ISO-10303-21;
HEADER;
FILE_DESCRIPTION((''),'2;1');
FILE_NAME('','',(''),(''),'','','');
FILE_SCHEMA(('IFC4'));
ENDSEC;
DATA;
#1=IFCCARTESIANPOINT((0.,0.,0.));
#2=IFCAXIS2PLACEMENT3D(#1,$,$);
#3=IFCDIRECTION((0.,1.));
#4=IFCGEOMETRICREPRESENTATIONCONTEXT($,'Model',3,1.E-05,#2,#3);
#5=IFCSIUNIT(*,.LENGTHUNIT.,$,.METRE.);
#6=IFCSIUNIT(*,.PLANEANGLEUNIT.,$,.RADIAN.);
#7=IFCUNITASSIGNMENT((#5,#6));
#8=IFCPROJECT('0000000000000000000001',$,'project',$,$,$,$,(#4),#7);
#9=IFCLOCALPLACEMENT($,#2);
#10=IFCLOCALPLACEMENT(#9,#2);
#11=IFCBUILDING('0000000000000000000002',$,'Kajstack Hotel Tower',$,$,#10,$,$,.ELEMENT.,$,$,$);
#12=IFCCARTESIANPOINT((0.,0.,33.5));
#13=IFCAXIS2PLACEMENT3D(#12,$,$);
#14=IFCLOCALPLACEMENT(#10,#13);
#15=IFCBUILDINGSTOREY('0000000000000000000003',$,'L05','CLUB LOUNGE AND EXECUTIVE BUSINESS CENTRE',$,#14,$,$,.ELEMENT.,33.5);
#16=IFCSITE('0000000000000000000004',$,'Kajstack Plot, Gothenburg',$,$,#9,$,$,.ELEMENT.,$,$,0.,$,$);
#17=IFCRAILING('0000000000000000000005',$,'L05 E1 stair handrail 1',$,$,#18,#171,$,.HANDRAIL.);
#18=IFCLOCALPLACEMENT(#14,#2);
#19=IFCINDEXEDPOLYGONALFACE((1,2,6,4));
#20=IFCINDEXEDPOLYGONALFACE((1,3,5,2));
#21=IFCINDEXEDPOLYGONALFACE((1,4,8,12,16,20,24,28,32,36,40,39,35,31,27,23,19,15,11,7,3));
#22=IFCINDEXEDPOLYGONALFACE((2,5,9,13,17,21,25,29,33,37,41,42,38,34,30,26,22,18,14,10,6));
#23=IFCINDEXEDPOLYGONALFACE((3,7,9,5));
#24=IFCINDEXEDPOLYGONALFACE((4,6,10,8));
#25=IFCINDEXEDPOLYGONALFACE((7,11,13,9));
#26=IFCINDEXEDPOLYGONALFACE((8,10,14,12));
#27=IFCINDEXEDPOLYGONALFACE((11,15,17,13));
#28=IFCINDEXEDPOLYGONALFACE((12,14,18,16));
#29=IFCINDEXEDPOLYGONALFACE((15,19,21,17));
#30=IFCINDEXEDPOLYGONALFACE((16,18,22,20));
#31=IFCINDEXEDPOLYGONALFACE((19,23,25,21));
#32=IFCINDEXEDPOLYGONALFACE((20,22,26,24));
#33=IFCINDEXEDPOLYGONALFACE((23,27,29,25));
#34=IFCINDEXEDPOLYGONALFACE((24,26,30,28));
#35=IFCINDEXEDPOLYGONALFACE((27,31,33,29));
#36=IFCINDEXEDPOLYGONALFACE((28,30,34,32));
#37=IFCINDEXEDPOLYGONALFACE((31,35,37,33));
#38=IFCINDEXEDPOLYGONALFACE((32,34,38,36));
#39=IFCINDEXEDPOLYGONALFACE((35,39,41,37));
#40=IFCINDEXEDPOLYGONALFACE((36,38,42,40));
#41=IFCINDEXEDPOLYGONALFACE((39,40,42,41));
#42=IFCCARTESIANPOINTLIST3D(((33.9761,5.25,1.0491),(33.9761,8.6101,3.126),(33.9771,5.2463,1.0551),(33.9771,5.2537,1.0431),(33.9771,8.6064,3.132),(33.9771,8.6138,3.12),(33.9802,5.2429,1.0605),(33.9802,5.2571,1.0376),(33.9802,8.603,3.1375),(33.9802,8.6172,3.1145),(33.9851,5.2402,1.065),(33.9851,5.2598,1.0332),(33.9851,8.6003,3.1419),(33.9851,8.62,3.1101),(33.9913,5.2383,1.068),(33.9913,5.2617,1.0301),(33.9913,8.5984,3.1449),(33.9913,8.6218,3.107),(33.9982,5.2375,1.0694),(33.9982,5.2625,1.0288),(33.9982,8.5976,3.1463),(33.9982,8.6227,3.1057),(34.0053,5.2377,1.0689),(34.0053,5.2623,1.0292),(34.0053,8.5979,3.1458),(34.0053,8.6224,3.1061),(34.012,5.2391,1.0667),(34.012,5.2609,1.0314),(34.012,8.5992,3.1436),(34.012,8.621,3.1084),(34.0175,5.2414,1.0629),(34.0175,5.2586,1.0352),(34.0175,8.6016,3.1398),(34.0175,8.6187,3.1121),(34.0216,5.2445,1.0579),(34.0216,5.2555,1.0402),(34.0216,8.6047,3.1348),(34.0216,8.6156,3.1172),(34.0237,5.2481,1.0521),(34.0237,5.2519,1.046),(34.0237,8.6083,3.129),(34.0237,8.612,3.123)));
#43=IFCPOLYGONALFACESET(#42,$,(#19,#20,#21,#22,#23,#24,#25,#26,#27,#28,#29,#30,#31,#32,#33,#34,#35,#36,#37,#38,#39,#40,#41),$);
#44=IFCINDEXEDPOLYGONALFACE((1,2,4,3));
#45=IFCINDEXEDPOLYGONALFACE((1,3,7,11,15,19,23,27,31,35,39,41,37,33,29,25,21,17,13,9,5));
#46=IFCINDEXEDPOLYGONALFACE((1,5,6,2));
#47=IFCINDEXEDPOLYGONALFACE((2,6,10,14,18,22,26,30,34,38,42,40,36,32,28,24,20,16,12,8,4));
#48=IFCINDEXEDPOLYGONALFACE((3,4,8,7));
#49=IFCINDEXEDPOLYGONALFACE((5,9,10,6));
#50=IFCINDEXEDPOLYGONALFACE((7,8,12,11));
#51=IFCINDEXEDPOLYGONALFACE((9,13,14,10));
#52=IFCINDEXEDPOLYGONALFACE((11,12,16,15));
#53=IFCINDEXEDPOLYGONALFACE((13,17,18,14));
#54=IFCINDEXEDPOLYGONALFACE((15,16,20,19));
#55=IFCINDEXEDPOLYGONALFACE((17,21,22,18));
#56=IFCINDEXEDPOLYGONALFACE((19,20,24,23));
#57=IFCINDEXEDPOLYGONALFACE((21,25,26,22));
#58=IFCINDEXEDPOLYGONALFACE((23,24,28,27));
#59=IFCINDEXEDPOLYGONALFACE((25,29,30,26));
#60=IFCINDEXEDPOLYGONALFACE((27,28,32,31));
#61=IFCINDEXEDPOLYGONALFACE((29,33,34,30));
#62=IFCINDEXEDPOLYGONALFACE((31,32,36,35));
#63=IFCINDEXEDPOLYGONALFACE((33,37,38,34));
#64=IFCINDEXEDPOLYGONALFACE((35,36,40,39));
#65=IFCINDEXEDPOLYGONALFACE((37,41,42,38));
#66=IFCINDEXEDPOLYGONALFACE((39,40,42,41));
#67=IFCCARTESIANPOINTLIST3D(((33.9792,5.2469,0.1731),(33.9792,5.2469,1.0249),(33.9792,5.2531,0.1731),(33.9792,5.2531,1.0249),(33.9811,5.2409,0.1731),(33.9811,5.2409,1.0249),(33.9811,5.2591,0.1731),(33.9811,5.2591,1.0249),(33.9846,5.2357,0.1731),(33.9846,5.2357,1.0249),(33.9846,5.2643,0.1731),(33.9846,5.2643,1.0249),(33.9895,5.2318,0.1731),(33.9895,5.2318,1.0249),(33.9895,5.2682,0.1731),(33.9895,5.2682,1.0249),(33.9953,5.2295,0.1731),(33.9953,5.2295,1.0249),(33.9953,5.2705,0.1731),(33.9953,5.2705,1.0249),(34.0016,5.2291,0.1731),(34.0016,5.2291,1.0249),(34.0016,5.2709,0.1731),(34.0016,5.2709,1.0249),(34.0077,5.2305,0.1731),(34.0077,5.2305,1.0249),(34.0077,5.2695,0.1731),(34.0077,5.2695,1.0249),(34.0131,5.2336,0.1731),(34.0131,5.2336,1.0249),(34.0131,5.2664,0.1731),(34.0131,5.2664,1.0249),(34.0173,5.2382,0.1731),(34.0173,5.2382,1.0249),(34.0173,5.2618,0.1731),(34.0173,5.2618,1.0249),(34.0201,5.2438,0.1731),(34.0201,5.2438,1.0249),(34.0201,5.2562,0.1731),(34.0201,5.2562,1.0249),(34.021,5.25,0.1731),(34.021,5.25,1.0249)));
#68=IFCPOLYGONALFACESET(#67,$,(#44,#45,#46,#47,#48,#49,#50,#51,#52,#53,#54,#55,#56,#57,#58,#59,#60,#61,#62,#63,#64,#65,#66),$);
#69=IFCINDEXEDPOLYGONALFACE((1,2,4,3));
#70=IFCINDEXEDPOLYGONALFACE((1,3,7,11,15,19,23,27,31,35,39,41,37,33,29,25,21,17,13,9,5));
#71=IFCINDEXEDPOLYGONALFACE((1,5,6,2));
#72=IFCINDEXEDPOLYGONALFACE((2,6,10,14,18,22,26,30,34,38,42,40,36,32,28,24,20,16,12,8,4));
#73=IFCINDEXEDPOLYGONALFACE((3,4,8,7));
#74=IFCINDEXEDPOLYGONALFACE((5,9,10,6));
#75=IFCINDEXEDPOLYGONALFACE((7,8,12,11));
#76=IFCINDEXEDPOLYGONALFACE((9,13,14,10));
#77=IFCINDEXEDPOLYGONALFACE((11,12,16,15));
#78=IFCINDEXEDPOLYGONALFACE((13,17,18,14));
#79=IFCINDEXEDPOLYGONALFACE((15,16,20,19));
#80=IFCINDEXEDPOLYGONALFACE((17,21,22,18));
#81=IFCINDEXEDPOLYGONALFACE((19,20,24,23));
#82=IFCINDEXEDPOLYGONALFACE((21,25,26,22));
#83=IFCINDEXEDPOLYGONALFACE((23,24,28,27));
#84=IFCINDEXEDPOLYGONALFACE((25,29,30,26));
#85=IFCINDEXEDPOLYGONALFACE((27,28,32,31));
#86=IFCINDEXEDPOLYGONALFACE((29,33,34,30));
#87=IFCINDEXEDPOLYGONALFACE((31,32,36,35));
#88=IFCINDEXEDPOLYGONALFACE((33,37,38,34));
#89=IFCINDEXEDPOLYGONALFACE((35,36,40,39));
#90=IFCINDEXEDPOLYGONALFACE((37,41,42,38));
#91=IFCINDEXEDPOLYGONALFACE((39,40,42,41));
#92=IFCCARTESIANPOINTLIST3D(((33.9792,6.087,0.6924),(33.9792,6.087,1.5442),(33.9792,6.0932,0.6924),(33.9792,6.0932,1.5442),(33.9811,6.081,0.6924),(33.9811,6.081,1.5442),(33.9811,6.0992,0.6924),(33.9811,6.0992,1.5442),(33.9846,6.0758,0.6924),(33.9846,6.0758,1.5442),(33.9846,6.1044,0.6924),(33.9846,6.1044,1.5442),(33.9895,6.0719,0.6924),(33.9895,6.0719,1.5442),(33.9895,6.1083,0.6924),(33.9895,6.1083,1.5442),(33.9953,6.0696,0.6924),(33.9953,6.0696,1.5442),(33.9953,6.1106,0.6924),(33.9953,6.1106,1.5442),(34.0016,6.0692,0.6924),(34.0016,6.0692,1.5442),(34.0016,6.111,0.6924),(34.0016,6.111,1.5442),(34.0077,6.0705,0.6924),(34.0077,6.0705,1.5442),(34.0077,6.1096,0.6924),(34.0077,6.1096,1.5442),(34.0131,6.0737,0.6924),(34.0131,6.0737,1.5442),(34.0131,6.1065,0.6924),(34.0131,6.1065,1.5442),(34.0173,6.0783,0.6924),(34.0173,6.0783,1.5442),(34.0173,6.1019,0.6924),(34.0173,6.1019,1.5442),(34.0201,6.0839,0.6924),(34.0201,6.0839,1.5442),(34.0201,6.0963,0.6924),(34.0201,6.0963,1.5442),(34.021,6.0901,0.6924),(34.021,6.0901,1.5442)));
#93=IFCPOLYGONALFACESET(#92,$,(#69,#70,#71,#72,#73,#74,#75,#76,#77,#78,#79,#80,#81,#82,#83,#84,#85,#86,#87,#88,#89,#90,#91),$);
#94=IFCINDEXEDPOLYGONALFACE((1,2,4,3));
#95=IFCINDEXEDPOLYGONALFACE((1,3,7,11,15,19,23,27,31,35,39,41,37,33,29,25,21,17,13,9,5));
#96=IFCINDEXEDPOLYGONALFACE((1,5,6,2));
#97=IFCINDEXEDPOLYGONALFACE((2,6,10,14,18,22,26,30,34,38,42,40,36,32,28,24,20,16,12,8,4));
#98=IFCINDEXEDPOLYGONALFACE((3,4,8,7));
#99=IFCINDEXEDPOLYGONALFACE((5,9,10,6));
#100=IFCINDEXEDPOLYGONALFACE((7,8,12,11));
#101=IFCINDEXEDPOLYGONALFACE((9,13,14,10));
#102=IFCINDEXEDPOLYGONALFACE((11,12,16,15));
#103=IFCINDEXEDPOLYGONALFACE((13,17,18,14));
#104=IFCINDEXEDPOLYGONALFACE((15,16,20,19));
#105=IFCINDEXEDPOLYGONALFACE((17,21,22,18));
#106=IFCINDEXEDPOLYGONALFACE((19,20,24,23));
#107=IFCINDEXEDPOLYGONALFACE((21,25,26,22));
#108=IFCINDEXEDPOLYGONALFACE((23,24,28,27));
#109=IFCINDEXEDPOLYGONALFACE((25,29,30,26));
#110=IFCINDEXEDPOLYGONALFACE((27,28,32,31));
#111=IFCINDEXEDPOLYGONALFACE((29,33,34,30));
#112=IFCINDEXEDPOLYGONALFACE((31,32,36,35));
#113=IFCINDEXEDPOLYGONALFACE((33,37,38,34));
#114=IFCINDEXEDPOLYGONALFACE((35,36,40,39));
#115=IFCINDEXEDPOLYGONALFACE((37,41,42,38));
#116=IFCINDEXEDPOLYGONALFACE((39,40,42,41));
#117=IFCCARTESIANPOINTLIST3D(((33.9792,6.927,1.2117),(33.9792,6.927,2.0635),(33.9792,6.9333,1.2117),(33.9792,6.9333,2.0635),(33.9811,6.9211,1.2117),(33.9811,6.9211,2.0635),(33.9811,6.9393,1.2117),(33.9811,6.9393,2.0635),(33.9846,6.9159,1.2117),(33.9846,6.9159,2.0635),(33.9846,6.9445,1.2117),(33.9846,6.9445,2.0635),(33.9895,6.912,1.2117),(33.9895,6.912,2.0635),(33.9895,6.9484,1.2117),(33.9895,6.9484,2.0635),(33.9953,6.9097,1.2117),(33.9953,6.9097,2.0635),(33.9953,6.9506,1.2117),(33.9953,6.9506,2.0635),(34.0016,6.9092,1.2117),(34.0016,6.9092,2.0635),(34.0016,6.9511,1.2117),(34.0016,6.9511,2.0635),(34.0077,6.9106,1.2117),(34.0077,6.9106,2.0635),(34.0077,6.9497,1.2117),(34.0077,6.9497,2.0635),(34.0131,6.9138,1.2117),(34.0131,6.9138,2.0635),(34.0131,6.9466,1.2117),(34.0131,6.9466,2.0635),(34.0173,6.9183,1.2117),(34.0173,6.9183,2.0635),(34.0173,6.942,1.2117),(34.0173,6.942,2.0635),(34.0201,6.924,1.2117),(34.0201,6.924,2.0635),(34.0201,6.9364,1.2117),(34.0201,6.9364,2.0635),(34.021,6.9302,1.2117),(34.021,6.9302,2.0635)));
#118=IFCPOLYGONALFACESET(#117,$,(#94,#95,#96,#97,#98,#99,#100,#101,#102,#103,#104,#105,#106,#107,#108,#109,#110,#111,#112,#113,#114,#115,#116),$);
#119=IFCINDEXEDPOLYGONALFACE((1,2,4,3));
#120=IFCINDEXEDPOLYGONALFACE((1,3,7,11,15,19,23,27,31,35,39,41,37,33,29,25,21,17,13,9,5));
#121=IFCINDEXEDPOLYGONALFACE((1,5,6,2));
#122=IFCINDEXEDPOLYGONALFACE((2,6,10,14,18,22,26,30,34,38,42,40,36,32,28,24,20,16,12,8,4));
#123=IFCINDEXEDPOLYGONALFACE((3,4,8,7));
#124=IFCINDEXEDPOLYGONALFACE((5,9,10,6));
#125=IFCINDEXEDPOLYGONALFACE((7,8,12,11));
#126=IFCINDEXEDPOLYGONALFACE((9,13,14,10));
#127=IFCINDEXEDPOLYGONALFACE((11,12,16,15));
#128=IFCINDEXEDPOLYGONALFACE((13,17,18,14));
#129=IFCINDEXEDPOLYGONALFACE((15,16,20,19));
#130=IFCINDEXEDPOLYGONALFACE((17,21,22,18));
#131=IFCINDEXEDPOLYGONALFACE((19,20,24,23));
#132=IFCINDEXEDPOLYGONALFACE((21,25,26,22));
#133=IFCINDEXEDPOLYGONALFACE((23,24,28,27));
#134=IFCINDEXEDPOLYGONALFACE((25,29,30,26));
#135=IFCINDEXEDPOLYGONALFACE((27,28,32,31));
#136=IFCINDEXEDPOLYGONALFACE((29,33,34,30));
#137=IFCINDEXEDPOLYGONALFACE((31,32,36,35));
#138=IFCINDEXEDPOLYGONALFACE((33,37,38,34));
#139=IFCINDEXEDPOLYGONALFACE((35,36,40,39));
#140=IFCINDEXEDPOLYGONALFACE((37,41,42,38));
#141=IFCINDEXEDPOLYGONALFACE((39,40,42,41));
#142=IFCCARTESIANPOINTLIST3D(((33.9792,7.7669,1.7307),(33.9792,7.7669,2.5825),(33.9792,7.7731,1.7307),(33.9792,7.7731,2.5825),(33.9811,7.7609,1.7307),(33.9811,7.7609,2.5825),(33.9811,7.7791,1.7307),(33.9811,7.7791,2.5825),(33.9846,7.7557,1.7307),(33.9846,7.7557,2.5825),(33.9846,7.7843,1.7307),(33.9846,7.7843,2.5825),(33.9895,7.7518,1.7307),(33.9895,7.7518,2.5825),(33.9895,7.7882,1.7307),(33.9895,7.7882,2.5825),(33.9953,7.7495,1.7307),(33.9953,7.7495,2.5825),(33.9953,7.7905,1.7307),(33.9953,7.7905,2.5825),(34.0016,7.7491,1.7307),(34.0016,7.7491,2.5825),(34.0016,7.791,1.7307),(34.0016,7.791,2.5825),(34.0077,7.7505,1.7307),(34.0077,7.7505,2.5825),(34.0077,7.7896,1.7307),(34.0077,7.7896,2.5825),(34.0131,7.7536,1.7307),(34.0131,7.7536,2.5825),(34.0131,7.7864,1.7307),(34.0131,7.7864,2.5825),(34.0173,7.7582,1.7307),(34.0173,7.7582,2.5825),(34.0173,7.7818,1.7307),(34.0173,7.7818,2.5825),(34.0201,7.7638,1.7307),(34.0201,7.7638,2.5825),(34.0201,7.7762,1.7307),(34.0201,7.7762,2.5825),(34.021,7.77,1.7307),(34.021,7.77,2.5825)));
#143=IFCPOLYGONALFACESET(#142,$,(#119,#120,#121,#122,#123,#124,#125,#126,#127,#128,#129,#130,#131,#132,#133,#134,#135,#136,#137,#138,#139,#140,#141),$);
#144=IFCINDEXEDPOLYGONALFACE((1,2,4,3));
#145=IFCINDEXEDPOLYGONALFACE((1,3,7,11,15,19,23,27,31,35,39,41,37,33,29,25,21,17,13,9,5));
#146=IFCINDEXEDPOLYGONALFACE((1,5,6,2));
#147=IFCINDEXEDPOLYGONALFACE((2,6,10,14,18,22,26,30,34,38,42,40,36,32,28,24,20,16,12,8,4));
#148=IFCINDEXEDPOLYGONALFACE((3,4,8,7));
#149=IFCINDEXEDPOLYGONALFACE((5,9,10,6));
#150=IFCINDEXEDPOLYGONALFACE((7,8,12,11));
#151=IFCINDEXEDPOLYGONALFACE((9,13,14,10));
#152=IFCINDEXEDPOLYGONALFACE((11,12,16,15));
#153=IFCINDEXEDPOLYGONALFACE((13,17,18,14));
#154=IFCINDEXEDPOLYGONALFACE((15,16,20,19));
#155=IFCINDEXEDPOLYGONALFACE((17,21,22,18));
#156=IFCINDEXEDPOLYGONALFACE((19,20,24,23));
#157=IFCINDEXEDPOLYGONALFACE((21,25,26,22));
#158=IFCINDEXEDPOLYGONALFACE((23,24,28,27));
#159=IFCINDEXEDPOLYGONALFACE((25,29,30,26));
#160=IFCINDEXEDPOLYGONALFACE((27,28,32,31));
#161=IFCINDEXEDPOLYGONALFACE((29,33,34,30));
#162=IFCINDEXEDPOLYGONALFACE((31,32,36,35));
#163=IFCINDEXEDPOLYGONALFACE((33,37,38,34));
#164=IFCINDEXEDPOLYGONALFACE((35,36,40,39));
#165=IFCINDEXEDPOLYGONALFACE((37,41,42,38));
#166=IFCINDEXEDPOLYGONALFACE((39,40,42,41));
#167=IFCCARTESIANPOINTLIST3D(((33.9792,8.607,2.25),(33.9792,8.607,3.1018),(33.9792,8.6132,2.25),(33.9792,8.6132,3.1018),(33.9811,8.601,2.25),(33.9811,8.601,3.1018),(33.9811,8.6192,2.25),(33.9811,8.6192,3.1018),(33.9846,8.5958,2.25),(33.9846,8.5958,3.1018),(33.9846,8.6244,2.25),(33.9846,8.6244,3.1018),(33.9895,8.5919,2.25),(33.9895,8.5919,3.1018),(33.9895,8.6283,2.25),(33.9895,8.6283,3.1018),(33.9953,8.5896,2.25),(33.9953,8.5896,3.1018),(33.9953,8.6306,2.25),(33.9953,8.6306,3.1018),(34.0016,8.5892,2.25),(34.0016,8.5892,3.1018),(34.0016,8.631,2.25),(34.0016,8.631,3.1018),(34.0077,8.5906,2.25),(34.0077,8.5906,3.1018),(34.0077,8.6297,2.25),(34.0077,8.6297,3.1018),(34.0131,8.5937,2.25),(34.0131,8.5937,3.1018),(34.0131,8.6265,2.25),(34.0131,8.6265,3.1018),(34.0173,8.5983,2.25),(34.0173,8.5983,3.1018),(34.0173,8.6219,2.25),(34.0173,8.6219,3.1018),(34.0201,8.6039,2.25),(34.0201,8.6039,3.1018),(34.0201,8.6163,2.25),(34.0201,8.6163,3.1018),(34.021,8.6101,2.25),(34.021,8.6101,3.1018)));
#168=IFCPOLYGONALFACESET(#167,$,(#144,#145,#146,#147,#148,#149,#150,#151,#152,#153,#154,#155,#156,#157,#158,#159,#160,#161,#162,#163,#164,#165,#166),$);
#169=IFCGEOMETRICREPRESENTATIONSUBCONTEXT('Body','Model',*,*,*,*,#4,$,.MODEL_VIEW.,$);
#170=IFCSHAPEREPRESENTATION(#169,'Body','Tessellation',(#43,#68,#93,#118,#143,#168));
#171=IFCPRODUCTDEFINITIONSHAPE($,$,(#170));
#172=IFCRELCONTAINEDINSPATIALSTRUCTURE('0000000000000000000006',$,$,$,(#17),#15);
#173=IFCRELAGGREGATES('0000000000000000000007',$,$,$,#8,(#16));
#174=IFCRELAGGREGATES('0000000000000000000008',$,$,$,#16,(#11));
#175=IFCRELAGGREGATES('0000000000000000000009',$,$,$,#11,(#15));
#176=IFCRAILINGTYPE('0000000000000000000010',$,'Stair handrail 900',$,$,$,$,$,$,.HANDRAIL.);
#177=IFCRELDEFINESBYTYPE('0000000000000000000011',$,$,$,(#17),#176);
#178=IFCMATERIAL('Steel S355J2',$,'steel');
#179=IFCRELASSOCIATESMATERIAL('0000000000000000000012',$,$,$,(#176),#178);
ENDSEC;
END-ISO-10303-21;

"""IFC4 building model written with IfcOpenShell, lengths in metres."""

from ifc_helpers import new_model, si_unit, direction, frame, origin, origin_2d, place, context, subcontext, project, spatial, circle, extrude, material, type_object, element, save


model = new_model("IFC4")

# Units and contexts
model_context = context("Model", 3, precision=1e-05, world=origin(), true_north=direction((0.0, 1.0)))
body_context = subcontext(model_context, "Body", "Model", "MODEL_VIEW")
ifc_project = project(units=[si_unit("LENGTHUNIT", "METRE"), si_unit("PLANEANGLEUNIT", "RADIAN")], contexts=[model_context])

# Site, building, storey
site_placement = place(None, origin())
site = spatial("IfcSite", under=ifc_project, at=site_placement, Name="Kajstack Plot, Gothenburg", CompositionType="ELEMENT", RefElevation=0.0)
building_placement = place(site_placement, origin())
building = spatial("IfcBuilding", under=site, at=building_placement, Name="Kajstack Hotel Tower", CompositionType="ELEMENT")
storey_placement = place(building_placement, frame((0.0, 0.0, 33.5)))
storey = spatial("IfcBuildingStorey", under=building, at=storey_placement, Name="L05", Description="CLUB LOUNGE AND EXECUTIVE BUSINESS CENTRE", CompositionType="ELEMENT", Elevation=33.5)

# Railing
ifc_material_1 = material(Name="Steel S355J2", Category="steel")
railing_type_1 = type_object("IfcRailingType", Name="Stair handrail 900", PredefinedType="HANDRAIL", material=ifc_material_1)
railing_1_placement = place(storey_placement, frame((34.0, 5.25, 0.1731)))
element("IfcRailing", 1, at=railing_1_placement, inside=storey, type_object=railing_type_1, Name="L05 E1 stair handrail 1", PredefinedType="HANDRAIL", context=body_context, shape_type="SweptSolid", body=[
    extrude(circle(Radius=0.0239, at=origin_2d()), frame((0.0, 0.0, 0.876), z_axis=(0.0, 0.850623, 0.525776), x_axis=(-1.0, 0.0, 0.0)), (0.0, 0.0, 1.0), 3.9502),
    extrude(circle(Radius=0.021, at=origin_2d()), origin(), (0.0, 0.0, 1.0), 0.8518),
    extrude(circle(Radius=0.021, at=origin_2d()), frame((0.0, 0.8401, 0.5193)), (0.0, 0.0, 1.0), 0.8518),
    extrude(circle(Radius=0.021, at=origin_2d()), frame((0.0, 1.6802, 1.0386)), (0.0, 0.0, 1.0), 0.8518),
    extrude(circle(Radius=0.021, at=origin_2d()), frame((0.0, 2.52, 1.5576)), (0.0, 0.0, 1.0), 0.8518),
    extrude(circle(Radius=0.021, at=origin_2d()), frame((0.0, 3.3601, 2.0769)), (0.0, 0.0, 1.0), 0.8518),
])

save(model, "model.ifc")
